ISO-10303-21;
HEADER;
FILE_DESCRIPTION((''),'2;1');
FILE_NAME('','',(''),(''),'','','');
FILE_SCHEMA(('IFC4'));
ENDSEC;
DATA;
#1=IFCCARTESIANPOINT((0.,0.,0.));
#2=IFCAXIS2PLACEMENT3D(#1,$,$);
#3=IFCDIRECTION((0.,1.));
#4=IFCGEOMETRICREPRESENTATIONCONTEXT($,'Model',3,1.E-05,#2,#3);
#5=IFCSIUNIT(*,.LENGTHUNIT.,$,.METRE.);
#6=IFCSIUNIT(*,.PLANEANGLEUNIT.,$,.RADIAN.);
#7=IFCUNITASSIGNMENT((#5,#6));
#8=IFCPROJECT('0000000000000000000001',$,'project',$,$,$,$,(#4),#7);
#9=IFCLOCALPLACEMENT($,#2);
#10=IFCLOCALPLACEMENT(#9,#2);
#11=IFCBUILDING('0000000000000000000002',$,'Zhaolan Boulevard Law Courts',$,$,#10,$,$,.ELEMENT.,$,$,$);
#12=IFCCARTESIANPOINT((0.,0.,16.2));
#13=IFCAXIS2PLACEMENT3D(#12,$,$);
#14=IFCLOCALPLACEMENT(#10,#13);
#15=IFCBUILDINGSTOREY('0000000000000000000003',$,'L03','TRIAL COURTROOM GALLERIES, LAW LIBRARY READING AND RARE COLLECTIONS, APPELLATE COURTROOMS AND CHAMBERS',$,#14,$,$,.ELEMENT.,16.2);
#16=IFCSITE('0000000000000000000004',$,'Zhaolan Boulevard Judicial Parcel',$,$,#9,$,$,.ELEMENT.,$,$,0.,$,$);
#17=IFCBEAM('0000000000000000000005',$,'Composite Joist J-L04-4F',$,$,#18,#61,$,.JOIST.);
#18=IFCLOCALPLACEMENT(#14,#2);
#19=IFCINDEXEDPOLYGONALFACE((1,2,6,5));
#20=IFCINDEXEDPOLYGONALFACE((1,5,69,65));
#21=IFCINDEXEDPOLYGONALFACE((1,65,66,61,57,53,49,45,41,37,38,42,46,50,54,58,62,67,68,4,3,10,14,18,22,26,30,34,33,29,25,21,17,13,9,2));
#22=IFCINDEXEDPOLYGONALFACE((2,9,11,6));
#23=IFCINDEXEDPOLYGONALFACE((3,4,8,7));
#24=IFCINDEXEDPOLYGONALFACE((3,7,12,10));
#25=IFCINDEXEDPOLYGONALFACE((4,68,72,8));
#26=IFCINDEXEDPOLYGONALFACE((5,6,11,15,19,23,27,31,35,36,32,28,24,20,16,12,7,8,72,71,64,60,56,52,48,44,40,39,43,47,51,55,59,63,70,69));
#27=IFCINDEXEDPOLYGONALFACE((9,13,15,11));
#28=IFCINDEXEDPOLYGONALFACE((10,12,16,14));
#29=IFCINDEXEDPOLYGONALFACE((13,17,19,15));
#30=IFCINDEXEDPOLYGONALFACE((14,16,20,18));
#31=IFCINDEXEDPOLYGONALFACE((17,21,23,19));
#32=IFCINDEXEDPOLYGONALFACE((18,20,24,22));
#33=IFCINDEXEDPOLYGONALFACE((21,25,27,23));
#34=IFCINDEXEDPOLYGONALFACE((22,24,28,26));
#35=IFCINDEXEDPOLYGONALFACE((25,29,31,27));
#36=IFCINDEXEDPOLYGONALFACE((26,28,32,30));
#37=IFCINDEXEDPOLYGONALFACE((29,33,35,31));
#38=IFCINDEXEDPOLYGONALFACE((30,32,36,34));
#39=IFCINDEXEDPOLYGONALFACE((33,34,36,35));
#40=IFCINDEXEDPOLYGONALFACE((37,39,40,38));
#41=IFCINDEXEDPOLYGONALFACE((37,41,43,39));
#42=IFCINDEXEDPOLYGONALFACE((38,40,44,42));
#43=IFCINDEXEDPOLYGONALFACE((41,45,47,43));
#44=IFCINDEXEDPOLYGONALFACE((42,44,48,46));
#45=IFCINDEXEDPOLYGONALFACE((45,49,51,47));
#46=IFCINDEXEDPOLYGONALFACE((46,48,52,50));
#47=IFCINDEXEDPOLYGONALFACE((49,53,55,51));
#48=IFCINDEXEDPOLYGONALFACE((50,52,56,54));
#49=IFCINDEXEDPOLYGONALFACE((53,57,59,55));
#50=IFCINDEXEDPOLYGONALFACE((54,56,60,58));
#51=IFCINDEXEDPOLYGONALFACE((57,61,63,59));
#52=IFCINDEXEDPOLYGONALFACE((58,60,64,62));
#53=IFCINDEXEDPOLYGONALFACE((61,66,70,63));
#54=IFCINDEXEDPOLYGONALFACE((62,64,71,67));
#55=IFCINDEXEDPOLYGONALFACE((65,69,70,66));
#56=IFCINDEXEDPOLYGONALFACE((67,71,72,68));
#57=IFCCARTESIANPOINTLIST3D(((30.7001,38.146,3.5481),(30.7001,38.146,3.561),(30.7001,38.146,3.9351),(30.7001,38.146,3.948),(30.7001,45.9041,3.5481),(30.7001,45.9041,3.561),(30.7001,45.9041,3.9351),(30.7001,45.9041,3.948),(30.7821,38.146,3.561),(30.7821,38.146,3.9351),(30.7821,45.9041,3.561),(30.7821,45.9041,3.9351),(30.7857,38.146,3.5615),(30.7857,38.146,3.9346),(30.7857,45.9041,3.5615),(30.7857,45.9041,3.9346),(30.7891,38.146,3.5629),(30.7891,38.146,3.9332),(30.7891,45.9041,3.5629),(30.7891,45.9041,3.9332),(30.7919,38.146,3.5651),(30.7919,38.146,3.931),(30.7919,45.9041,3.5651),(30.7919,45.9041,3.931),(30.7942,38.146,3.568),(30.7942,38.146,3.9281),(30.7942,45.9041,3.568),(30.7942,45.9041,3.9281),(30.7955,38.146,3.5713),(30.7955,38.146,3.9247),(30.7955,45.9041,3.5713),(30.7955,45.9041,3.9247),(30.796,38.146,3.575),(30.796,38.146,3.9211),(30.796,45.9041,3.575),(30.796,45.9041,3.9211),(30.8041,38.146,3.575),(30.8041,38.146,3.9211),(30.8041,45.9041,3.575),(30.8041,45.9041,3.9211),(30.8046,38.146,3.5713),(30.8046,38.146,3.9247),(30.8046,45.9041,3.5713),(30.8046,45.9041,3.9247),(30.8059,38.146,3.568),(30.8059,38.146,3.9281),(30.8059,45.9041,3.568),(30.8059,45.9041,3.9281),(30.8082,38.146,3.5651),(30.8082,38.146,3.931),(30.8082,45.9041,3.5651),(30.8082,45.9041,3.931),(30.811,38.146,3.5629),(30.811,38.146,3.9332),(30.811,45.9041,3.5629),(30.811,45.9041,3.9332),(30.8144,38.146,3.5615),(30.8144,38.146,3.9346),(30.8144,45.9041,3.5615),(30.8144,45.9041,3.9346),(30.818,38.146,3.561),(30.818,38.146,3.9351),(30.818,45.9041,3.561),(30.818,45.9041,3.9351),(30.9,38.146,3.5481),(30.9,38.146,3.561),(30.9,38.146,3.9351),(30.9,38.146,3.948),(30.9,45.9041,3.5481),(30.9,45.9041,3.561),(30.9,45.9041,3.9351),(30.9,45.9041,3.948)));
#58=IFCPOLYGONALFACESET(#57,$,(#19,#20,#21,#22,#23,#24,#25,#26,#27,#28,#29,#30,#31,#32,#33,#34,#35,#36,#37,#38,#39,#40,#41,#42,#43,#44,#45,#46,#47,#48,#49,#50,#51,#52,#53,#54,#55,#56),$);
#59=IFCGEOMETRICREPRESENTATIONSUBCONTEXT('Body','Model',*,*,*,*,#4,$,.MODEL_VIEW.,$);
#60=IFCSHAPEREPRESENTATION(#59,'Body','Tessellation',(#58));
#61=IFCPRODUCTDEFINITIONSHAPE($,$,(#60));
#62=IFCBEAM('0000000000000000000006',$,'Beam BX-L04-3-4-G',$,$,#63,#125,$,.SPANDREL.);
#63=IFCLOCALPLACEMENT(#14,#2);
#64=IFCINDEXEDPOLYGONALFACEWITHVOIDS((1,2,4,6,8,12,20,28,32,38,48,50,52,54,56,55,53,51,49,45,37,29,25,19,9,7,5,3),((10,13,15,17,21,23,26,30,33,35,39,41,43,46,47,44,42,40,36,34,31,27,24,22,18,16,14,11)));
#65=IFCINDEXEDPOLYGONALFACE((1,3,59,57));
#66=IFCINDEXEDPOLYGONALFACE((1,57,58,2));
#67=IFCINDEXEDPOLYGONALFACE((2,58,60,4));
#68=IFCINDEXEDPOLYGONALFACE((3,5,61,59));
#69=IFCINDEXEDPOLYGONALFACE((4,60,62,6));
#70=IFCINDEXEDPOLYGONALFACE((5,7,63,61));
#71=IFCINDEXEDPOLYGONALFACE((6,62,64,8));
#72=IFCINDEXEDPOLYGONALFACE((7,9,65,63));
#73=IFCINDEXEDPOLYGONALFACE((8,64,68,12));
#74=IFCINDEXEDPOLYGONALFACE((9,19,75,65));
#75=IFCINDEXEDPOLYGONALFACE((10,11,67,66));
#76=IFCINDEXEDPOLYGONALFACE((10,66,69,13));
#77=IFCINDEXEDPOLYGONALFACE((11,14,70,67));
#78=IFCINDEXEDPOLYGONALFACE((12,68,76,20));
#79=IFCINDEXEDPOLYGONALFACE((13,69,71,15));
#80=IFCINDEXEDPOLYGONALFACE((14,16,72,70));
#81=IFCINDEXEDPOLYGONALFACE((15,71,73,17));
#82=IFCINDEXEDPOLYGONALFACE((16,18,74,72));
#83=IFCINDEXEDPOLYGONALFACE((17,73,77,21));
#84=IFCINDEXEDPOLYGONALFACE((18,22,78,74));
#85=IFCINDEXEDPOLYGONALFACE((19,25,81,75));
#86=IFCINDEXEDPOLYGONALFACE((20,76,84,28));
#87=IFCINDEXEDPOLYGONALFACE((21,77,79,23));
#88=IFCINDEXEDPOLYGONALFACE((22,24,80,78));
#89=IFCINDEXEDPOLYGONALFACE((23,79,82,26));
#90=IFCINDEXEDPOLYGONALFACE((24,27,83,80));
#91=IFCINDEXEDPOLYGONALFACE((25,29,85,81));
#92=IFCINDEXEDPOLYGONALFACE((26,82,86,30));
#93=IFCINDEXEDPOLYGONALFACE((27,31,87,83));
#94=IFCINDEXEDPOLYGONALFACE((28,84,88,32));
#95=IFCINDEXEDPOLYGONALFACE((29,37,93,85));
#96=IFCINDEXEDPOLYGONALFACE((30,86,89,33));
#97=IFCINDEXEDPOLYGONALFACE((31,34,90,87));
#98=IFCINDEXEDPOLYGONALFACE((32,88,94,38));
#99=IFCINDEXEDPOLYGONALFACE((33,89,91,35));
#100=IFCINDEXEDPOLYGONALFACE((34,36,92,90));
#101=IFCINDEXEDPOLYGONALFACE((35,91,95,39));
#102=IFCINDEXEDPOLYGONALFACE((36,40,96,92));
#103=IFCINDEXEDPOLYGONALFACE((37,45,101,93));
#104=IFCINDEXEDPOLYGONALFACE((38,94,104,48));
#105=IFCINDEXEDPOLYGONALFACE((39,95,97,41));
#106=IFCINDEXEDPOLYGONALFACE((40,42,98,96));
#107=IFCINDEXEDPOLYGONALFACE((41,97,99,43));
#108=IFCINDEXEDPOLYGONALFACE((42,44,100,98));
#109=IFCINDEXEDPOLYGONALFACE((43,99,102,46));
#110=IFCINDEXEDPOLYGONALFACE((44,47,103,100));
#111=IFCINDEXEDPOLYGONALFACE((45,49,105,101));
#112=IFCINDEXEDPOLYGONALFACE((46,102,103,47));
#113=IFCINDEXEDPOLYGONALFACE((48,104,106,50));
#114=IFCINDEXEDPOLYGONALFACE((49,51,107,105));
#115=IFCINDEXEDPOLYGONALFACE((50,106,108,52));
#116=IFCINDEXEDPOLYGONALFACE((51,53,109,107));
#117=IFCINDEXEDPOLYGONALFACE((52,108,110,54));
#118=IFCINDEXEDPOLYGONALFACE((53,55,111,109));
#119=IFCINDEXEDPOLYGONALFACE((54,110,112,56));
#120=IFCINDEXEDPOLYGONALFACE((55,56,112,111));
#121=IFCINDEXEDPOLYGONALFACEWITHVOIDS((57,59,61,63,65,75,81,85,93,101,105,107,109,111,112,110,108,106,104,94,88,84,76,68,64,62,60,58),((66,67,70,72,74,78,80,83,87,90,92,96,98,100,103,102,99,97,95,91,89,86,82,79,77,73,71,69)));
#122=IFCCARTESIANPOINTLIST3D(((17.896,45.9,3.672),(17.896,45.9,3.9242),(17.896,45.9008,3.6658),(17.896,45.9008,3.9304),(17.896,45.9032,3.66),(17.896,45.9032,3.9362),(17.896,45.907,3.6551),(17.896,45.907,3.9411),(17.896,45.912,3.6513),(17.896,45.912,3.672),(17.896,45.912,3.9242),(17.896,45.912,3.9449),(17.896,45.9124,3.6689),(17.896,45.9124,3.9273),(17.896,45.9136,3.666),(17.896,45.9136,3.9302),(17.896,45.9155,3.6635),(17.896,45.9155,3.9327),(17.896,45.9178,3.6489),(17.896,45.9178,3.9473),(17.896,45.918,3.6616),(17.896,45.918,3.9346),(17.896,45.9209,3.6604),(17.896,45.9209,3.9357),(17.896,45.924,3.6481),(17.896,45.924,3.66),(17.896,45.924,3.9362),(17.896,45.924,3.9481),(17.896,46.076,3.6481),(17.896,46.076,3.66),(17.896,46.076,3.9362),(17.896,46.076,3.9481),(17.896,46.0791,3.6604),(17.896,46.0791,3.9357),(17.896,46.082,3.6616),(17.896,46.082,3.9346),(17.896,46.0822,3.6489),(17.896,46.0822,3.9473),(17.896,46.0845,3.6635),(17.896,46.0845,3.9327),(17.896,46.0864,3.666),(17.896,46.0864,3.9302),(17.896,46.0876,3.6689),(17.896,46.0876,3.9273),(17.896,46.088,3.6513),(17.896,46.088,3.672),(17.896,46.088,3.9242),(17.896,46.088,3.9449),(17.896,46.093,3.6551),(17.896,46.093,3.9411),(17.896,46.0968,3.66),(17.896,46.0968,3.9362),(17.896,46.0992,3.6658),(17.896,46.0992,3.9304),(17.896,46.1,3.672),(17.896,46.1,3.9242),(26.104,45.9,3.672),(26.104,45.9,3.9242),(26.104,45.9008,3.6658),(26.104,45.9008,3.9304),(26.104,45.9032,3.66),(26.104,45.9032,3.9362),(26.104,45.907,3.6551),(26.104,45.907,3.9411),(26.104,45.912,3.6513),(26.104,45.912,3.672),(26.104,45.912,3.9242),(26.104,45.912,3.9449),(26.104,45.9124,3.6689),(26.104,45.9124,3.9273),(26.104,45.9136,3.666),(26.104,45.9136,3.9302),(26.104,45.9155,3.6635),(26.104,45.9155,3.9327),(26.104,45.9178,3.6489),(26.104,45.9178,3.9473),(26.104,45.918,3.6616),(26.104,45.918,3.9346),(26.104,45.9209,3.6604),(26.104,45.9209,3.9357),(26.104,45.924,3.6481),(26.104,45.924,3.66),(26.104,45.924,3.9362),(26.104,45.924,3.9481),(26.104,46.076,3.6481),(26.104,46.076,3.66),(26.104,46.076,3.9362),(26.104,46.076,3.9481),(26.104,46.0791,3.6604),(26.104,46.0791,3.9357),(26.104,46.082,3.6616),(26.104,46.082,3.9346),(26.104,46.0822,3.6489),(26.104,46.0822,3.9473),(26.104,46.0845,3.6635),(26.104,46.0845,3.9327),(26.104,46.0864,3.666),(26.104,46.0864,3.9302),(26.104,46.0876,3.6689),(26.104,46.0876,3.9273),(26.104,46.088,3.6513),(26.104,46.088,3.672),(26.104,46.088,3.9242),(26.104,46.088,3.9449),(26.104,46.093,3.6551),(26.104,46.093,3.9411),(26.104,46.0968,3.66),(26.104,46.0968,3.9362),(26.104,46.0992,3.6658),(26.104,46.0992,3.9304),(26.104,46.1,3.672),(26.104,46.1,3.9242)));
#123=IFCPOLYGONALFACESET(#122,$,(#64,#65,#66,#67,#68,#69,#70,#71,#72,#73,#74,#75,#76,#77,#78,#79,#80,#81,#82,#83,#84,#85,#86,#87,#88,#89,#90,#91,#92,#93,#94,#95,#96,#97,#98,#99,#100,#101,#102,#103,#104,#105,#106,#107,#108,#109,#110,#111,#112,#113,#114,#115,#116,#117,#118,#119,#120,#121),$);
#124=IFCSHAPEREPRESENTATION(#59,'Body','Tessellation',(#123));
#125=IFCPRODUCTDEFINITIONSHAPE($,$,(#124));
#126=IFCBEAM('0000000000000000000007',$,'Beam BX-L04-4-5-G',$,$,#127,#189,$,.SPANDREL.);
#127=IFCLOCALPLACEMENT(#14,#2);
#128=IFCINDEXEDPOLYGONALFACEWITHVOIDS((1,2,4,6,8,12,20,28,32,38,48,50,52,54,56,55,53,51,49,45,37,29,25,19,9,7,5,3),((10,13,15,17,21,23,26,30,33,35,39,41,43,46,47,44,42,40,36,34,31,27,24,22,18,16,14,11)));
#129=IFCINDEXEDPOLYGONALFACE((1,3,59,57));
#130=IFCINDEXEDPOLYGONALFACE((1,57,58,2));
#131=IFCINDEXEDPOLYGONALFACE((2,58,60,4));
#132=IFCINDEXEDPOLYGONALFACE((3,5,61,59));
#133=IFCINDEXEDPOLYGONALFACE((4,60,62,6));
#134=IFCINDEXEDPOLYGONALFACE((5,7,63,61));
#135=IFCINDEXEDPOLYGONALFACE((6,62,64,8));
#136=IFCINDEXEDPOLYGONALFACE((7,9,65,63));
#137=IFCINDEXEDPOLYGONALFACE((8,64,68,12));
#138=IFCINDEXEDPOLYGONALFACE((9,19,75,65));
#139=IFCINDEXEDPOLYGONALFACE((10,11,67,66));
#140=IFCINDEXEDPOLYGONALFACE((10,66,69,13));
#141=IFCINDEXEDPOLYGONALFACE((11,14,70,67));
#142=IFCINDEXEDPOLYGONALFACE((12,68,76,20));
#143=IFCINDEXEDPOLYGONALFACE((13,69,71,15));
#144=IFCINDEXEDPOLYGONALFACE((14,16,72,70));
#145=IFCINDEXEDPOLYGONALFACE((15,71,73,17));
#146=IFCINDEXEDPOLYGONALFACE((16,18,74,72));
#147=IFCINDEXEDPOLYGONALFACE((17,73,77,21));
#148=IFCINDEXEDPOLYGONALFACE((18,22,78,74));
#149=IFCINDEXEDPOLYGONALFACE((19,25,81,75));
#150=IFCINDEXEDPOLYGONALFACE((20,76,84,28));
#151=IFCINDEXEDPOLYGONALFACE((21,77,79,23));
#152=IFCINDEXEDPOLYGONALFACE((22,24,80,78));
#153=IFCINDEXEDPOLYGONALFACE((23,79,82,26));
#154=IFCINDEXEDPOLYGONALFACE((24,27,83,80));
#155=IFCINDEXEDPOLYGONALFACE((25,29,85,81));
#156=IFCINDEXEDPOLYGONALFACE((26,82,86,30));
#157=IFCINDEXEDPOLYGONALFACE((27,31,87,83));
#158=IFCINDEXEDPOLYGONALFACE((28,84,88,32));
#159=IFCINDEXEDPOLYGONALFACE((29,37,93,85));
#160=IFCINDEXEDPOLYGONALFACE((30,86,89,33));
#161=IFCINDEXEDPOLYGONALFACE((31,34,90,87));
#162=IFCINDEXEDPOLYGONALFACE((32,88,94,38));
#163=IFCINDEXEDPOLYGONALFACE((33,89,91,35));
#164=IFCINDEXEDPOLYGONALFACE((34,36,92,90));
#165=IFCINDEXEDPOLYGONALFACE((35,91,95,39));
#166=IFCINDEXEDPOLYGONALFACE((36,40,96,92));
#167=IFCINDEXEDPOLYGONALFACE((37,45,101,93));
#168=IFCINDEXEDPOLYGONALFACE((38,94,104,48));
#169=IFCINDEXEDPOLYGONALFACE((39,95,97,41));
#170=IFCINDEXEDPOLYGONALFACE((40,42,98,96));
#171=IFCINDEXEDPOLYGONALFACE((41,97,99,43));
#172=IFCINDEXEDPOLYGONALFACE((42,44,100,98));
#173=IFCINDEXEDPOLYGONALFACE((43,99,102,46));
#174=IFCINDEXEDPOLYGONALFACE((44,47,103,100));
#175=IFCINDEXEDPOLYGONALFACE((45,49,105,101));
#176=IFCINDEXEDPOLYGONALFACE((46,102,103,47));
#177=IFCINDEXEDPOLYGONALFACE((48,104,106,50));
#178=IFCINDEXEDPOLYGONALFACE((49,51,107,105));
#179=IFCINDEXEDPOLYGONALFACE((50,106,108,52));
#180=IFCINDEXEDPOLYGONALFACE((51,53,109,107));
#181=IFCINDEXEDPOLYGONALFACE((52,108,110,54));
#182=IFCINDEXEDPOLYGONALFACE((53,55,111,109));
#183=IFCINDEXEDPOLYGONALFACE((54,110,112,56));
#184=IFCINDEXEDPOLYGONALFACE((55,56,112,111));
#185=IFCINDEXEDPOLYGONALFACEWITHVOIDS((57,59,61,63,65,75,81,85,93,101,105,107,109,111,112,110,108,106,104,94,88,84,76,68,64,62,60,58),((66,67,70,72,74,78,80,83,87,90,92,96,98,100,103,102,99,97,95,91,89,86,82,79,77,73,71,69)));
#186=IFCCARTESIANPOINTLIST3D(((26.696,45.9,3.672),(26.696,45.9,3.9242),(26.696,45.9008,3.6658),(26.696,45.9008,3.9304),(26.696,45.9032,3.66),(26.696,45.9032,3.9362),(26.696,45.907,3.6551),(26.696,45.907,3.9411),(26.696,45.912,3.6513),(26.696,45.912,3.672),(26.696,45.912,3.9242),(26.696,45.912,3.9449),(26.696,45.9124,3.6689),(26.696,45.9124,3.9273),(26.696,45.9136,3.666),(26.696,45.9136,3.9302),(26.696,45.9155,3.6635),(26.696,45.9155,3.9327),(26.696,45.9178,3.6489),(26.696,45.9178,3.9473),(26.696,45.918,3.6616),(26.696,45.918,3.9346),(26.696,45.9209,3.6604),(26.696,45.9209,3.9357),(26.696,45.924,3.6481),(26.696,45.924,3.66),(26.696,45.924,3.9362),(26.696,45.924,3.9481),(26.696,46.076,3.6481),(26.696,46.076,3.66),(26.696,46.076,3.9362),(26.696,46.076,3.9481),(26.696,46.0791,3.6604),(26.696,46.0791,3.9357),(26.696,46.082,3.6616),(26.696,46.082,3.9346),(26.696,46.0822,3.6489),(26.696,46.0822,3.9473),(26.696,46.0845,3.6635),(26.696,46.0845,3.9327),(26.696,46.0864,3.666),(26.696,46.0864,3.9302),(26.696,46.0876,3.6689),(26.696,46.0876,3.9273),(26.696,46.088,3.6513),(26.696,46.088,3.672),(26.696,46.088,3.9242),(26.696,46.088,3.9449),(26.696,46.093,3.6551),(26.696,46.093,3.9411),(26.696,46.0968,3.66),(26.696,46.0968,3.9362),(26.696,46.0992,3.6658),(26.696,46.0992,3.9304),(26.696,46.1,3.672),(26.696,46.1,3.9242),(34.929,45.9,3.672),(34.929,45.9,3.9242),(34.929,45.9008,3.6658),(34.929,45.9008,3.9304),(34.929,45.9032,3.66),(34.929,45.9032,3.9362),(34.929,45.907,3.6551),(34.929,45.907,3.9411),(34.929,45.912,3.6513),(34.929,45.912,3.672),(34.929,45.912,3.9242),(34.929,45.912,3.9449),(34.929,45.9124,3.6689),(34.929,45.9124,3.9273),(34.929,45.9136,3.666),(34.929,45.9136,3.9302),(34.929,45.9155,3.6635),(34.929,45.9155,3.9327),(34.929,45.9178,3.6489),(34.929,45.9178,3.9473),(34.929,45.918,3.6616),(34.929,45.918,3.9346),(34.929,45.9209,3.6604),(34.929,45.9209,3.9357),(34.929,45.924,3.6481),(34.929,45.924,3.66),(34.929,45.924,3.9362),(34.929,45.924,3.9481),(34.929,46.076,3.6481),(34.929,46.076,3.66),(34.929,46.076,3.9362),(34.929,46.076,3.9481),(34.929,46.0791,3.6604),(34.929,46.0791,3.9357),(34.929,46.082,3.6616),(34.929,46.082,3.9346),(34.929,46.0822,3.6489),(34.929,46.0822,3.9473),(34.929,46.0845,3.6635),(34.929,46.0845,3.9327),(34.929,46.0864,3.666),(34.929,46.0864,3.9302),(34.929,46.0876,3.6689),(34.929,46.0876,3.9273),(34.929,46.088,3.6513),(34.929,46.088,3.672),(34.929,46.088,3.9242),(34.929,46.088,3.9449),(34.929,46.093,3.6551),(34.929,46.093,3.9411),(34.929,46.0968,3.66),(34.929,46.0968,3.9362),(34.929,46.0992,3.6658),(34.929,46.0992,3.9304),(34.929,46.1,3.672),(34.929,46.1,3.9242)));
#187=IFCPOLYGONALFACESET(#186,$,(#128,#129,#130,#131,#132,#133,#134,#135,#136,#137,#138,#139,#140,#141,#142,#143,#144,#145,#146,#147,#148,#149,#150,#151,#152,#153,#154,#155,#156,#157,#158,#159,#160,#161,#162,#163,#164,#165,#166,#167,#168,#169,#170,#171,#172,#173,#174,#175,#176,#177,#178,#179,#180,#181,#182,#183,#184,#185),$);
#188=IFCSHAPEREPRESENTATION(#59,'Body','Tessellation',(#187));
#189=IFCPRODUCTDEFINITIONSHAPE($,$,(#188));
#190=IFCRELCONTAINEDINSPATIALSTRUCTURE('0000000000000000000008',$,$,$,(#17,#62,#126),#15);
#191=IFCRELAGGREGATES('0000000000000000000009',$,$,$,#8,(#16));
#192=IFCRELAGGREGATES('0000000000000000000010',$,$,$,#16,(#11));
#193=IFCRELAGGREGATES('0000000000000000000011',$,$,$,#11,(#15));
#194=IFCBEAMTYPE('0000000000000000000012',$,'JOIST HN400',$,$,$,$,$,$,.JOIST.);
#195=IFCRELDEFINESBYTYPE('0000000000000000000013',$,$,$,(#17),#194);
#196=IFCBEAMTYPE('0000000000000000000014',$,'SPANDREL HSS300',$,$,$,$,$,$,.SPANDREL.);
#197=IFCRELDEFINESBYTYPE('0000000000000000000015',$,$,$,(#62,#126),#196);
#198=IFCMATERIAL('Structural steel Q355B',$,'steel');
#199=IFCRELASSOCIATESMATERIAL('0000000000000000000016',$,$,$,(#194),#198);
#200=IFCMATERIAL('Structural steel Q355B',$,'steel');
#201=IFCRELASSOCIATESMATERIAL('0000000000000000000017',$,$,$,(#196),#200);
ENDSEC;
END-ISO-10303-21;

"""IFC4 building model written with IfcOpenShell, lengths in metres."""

from ifc_helpers import new_model, si_unit, direction, frame, origin, origin_2d, place, context, subcontext, project, spatial, hollow_rectangle, i_section, extrude, material, material_profile, profile_set, type_object, element, save


model = new_model("IFC4")

# Units and contexts
model_context = context("Model", 3, precision=1e-05, world=origin(), true_north=direction((0.0, 1.0)))
body_context = subcontext(model_context, "Body", "Model", "MODEL_VIEW")
ifc_project = project(units=[si_unit("LENGTHUNIT", "METRE"), si_unit("PLANEANGLEUNIT", "RADIAN")], contexts=[model_context])

# Site, building, storey
site_placement = place(None, origin())
site = spatial("IfcSite", under=ifc_project, at=site_placement, Name="Zhaolan Boulevard Judicial Parcel", CompositionType="ELEMENT", RefElevation=0.0)
building_placement = place(site_placement, origin())
building = spatial("IfcBuilding", under=site, at=building_placement, Name="Zhaolan Boulevard Law Courts", CompositionType="ELEMENT")
storey_placement = place(building_placement, frame((0.0, 0.0, 16.2)))
storey = spatial("IfcBuildingStorey", under=building, at=storey_placement, Name="L03", Description="TRIAL COURTROOM GALLERIES, LAW LIBRARY READING AND RARE COLLECTIONS, APPELLATE COURTROOMS AND CHAMBERS", CompositionType="ELEMENT", Elevation=16.2)

# Beams
ifc_material_1 = material(Name="Structural steel Q355B", Category="steel")
ifc_material_profile_1 = material_profile(ifc_material_1, i_section(OverallWidth=0.2, OverallDepth=0.3999, WebThickness=0.0081, FlangeThickness=0.0129, FilletRadius=0.0139, at=origin_2d()), Name="HN400x200")
ifc_profile_set_1 = profile_set([ifc_material_profile_1], Name="Structural steel Q355B")
beam_type_1 = type_object("IfcBeamType", Name="JOIST HN400", PredefinedType="JOIST", material=ifc_profile_set_1)
beam_1_placement = place(storey_placement, frame((30.8, 38.146, 3.748), z_axis=(0.0, 1.0, 0.0), x_axis=(-1.0, 0.0, 0.0)))
element("IfcBeam", 1, at=beam_1_placement, inside=storey, type_object=beam_type_1, Name="Composite Joist J-L04-4F", PredefinedType="JOIST", context=body_context, shape_type="SweptSolid", body=[
    extrude(i_section(OverallWidth=0.2, OverallDepth=0.3999, WebThickness=0.0081, FlangeThickness=0.0129, FilletRadius=0.0139, at=origin_2d()), origin(), (0.0, 0.0, 1.0), 7.7581),
])
ifc_material_2 = material(Name="Structural steel Q355B", Category="steel")
ifc_material_profile_2 = material_profile(ifc_material_2, hollow_rectangle(XDim=0.2, YDim=0.3, WallThickness=0.012, InnerFilletRadius=0.012, OuterFilletRadius=0.0239, at=origin_2d()), Name="HSS300x200x12")
ifc_profile_set_2 = profile_set([ifc_material_profile_2], Name="Structural steel Q355B")
beam_type_2 = type_object("IfcBeamType", Name="SPANDREL HSS300", PredefinedType="SPANDREL", material=ifc_profile_set_2)
beam_2_placement = place(storey_placement, frame((17.896, 46.0, 3.7981), z_axis=(1.0, 0.0, 0.0), x_axis=(0.0, 1.0, 0.0)))
element("IfcBeam", 2, at=beam_2_placement, inside=storey, type_object=beam_type_2, Name="Beam BX-L04-3-4-G", PredefinedType="SPANDREL", context=body_context, shape_type="SweptSolid", body=[
    extrude(hollow_rectangle(XDim=0.2, YDim=0.3, WallThickness=0.012, InnerFilletRadius=0.012, OuterFilletRadius=0.0239, at=origin_2d()), origin(), (0.0, 0.0, 1.0), 8.208),
])
beam_3_placement = place(storey_placement, frame((26.696, 46.0, 3.7981), z_axis=(1.0, 0.0, 0.0), x_axis=(0.0, 1.0, 0.0)))
element("IfcBeam", 3, at=beam_3_placement, inside=storey, type_object=beam_type_2, Name="Beam BX-L04-4-5-G", PredefinedType="SPANDREL", context=body_context, shape_type="SweptSolid", body=[
    extrude(hollow_rectangle(XDim=0.2, YDim=0.3, WallThickness=0.012, InnerFilletRadius=0.012, OuterFilletRadius=0.0239, at=origin_2d()), origin(), (0.0, 0.0, 1.0), 8.2329),
])

save(model, "model.ifc")
